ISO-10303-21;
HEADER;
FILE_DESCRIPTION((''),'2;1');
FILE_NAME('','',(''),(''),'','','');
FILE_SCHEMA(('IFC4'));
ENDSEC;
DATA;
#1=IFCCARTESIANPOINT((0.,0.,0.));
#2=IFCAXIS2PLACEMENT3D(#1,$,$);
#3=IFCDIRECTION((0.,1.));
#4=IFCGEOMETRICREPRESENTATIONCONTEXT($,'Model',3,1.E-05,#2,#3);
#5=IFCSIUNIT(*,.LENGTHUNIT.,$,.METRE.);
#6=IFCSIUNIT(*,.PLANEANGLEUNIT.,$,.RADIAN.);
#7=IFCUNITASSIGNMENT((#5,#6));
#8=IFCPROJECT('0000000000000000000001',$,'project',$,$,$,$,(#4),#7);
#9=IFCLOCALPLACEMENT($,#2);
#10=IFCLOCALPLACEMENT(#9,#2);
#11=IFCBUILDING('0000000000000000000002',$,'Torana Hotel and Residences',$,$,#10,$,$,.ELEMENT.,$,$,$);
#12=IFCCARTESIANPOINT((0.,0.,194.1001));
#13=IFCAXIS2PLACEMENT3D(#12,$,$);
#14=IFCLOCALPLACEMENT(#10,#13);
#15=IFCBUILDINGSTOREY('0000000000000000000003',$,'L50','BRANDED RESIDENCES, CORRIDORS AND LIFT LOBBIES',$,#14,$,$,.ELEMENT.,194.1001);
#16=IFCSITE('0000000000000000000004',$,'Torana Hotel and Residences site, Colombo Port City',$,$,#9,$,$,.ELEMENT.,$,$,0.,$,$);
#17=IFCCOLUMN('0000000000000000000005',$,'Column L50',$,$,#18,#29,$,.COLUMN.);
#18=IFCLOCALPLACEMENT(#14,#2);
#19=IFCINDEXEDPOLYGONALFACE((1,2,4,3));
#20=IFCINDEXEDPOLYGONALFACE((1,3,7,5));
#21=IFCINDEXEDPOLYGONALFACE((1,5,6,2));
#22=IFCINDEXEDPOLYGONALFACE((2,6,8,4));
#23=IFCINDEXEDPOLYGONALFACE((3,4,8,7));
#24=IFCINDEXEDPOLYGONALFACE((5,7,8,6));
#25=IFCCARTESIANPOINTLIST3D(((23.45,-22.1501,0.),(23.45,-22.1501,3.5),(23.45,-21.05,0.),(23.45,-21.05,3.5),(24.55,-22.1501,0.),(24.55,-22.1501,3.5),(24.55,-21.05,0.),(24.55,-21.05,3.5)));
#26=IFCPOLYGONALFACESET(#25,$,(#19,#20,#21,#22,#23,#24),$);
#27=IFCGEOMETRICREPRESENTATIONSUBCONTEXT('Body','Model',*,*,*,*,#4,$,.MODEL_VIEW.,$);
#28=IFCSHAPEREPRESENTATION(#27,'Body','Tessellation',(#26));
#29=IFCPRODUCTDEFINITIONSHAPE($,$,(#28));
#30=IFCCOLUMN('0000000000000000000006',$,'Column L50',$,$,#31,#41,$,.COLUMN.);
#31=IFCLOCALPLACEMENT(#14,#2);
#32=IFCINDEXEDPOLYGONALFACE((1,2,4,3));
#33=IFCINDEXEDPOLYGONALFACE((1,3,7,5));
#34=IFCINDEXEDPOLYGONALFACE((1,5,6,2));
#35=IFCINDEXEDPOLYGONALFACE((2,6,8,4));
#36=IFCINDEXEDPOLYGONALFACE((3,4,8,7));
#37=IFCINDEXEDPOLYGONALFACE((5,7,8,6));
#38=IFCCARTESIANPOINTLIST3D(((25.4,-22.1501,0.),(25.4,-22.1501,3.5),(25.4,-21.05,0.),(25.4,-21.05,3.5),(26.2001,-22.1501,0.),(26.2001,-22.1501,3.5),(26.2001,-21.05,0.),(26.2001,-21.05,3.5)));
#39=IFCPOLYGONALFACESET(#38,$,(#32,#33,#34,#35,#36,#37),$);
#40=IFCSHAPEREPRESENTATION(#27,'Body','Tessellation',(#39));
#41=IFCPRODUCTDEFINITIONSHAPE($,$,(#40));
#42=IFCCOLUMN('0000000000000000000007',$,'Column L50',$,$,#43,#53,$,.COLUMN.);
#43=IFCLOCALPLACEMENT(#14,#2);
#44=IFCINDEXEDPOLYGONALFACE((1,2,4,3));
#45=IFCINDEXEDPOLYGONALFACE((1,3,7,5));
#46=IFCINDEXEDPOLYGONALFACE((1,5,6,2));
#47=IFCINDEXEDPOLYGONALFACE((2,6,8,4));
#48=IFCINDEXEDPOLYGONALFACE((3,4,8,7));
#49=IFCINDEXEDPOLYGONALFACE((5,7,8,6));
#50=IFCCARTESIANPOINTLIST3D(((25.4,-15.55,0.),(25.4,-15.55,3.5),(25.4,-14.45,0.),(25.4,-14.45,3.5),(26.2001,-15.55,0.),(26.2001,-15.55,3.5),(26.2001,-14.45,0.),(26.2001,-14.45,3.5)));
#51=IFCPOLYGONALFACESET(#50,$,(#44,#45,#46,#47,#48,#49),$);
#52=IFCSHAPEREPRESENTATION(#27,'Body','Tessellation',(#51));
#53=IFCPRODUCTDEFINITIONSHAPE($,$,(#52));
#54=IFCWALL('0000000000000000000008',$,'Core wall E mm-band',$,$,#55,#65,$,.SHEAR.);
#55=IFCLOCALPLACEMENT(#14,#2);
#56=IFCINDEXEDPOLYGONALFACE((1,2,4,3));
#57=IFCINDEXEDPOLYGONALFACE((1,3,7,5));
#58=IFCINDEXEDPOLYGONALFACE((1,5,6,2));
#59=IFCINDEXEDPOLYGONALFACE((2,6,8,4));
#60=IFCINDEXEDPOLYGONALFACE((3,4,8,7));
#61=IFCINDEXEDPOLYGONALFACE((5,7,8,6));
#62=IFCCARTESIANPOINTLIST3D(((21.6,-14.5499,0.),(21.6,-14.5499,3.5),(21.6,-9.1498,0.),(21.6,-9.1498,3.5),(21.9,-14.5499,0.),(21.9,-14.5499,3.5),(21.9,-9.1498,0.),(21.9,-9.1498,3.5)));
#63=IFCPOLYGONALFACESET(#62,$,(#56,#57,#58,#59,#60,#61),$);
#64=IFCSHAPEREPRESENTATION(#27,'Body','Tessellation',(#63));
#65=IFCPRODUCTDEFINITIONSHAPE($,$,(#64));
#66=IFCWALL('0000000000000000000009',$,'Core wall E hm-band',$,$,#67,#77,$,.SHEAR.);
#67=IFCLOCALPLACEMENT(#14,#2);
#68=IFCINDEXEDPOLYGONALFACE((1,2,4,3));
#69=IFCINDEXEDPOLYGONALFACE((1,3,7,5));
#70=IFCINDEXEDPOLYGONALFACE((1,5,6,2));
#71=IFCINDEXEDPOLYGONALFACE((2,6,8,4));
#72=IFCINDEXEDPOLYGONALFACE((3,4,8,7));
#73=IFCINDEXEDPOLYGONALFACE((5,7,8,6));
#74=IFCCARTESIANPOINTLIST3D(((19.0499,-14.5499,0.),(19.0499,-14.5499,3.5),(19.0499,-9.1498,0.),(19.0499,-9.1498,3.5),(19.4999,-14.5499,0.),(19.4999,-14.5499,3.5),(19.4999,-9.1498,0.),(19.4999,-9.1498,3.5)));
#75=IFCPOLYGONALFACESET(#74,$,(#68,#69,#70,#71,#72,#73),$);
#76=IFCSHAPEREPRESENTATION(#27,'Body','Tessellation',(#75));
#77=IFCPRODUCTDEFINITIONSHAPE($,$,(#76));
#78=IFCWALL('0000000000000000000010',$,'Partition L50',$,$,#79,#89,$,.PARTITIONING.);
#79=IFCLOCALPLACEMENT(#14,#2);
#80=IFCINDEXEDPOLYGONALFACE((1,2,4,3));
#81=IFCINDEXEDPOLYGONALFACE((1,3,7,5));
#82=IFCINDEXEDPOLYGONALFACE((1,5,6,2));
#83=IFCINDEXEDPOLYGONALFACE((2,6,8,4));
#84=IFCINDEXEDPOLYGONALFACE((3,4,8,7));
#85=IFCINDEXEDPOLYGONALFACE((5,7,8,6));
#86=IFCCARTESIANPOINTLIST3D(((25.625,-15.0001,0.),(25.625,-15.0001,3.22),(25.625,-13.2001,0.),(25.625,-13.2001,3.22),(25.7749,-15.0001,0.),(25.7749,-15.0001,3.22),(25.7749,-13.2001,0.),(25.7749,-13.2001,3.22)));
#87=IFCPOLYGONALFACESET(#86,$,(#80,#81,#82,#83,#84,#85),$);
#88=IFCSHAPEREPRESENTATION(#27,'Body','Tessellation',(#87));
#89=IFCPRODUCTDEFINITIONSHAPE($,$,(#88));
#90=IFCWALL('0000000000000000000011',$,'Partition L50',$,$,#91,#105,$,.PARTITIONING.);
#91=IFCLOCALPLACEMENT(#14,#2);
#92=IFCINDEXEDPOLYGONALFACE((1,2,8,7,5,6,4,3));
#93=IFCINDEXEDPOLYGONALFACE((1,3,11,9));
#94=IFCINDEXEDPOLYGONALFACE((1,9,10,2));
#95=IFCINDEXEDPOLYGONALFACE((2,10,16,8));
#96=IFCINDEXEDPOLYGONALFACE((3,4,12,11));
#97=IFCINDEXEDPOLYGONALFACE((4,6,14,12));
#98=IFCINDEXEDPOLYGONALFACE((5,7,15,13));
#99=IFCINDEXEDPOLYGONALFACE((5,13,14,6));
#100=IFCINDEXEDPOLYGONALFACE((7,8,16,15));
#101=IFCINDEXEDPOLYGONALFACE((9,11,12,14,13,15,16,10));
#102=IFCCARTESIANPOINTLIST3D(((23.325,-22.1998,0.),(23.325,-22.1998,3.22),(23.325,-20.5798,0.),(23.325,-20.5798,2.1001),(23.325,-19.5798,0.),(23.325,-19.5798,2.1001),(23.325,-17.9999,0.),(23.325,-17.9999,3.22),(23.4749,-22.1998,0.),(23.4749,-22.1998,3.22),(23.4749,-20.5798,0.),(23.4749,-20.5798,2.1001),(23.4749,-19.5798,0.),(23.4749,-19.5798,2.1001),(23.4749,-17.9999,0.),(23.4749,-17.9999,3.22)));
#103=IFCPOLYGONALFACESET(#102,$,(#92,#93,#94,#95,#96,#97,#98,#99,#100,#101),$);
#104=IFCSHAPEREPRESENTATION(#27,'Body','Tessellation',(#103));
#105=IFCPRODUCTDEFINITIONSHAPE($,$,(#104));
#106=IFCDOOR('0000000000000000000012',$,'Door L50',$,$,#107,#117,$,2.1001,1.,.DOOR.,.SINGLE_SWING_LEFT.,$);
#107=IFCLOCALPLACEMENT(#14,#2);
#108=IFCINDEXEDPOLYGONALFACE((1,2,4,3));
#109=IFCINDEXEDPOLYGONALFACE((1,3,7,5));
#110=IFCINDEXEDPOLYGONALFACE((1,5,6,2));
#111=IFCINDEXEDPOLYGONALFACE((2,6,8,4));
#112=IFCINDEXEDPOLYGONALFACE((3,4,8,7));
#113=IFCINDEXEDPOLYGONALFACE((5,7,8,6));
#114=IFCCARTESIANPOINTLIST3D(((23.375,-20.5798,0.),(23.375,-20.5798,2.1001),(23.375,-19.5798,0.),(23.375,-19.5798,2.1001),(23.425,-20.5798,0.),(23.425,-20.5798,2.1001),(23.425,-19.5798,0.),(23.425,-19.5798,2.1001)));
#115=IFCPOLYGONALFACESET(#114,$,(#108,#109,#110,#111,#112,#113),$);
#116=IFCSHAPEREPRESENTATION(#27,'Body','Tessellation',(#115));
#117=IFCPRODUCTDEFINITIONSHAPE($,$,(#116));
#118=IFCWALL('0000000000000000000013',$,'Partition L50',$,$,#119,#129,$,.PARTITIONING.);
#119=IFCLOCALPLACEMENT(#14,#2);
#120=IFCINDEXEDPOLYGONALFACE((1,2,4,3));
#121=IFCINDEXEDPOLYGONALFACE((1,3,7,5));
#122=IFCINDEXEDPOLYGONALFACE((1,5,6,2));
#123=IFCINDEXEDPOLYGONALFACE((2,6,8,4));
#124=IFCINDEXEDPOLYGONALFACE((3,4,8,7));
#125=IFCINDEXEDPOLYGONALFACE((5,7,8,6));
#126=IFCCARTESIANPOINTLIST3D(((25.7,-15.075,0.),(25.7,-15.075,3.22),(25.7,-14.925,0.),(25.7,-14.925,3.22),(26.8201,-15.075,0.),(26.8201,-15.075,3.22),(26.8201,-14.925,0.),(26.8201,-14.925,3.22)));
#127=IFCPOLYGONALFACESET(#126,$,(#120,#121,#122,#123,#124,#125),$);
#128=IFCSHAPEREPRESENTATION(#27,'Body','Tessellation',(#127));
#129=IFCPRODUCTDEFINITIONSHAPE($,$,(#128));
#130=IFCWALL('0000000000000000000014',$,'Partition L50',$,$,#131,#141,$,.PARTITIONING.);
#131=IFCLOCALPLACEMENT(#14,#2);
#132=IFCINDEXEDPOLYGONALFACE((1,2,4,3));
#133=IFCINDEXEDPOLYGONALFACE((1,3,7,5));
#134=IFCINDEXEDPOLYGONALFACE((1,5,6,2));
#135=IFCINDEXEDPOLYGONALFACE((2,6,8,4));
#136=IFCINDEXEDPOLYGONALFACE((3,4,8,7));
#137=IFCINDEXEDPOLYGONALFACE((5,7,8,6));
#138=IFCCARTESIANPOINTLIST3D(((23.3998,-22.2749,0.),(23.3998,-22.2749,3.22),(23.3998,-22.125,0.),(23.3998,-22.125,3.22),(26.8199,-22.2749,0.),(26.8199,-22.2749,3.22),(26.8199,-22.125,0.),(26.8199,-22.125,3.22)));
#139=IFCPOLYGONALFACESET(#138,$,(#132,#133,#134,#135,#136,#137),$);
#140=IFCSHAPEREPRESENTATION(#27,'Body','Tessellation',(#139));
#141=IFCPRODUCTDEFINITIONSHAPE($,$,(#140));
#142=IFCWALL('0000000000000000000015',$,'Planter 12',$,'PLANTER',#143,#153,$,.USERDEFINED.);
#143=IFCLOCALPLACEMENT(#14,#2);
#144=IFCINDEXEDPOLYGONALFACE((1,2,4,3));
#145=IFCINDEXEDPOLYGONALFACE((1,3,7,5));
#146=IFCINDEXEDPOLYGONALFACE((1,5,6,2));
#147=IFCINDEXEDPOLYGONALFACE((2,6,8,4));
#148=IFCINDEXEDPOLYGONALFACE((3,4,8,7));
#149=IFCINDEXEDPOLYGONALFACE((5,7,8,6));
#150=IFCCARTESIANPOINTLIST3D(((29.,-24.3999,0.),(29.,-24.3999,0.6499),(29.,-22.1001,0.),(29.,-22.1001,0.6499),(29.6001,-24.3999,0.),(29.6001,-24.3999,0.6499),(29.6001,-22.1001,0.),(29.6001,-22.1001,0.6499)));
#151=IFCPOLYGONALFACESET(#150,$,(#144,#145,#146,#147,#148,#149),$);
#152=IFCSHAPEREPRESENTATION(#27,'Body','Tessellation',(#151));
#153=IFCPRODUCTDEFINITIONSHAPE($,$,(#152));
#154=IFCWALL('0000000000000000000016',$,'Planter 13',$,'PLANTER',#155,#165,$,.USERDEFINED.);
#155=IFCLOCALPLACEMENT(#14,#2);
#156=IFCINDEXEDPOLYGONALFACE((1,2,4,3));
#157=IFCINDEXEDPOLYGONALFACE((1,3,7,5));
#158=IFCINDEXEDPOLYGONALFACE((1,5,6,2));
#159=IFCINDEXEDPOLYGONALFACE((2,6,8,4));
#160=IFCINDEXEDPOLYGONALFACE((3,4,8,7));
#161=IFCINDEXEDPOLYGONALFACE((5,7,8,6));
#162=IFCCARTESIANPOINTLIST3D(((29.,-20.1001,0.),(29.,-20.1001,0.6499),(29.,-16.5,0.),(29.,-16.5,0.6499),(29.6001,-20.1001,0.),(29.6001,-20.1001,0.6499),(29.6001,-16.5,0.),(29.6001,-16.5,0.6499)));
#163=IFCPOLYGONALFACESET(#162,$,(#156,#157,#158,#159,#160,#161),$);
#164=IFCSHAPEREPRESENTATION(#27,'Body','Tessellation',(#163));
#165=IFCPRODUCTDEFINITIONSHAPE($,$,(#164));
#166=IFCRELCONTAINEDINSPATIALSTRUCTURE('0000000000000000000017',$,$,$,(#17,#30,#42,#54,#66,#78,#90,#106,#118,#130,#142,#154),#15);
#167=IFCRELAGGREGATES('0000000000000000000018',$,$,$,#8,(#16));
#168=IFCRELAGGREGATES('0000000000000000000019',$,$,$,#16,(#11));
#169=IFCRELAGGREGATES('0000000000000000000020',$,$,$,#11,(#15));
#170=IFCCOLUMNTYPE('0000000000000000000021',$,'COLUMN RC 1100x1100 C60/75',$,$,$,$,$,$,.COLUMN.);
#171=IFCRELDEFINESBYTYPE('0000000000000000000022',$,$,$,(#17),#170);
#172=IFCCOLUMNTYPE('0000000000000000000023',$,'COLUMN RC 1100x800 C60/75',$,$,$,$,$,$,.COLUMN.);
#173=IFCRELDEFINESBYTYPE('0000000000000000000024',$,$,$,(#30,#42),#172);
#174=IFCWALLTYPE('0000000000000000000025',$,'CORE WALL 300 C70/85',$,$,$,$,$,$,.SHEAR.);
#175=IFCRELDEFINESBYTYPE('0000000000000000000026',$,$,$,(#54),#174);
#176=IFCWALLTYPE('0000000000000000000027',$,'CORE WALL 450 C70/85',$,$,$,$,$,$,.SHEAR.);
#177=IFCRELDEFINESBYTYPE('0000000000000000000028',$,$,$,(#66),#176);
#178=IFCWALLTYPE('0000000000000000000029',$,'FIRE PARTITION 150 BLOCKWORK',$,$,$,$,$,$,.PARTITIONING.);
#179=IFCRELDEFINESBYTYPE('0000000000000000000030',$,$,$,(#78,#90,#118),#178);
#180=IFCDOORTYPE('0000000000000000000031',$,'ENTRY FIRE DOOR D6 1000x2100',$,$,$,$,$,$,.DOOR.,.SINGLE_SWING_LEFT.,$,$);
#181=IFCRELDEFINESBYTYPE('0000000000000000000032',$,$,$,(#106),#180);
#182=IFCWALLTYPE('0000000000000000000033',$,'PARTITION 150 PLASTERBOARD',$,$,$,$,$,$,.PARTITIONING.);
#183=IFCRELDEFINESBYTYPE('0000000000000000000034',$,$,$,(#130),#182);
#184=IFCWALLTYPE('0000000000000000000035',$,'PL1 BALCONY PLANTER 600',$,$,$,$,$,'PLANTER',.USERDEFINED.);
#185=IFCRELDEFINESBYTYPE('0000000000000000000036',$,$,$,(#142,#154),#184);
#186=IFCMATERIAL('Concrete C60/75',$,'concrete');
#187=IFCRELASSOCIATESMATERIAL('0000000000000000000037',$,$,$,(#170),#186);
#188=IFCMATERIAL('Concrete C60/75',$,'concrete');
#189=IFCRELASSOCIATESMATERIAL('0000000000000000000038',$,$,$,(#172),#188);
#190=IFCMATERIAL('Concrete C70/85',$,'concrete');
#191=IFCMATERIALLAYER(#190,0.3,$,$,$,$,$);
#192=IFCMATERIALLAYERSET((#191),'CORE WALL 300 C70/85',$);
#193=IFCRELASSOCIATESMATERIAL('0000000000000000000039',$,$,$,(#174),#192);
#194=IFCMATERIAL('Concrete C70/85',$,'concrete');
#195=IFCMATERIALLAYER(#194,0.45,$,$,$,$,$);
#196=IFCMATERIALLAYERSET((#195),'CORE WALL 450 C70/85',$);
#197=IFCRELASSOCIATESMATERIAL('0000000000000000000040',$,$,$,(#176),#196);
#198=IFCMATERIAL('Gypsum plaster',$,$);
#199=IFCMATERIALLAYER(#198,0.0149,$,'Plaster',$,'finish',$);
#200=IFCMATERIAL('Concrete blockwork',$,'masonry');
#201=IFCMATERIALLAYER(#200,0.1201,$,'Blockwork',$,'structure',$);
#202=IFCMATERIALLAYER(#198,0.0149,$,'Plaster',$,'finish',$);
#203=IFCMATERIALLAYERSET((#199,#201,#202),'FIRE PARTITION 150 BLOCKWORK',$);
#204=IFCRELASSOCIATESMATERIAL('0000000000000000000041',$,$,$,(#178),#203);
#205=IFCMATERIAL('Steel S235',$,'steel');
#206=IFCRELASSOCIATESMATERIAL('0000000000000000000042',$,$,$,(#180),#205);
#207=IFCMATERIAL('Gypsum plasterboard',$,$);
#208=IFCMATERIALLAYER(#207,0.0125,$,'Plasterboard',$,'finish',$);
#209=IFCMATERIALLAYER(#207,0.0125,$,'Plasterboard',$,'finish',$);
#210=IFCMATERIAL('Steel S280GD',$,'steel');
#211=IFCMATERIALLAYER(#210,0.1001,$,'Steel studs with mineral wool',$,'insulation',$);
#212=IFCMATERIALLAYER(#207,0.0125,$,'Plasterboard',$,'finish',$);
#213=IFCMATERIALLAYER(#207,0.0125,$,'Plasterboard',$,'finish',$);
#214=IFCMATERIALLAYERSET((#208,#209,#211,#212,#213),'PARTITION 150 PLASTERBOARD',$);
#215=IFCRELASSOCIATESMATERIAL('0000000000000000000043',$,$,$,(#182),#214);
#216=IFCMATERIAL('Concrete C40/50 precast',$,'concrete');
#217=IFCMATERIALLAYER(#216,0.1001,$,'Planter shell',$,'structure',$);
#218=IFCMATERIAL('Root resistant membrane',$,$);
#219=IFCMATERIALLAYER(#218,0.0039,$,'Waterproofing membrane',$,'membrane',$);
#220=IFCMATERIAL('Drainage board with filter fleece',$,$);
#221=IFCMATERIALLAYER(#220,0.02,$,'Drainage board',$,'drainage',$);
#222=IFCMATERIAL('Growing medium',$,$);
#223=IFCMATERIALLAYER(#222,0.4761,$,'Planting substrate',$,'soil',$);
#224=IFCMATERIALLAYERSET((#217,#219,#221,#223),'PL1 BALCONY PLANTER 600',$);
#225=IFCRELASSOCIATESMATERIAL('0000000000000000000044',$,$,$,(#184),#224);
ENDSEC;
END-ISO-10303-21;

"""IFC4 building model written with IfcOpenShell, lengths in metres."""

from ifc_helpers import new_model, si_unit, direction, frame, frame_2d, origin, origin_2d, place, context, subcontext, project, spatial, rectangle, extrude, material, layer, layer_set, material_profile, profile_set, type_object, element, fill, save


model = new_model("IFC4")

# Units and contexts
model_context = context("Model", 3, precision=1e-05, world=origin(), true_north=direction((0.0, 1.0)))
body_context = subcontext(model_context, "Body", "Model", "MODEL_VIEW")
ifc_project = project(units=[si_unit("LENGTHUNIT", "METRE"), si_unit("PLANEANGLEUNIT", "RADIAN")], contexts=[model_context])

# Site, building, storey
site_placement = place(None, origin())
site = spatial("IfcSite", under=ifc_project, at=site_placement, Name="Torana Hotel and Residences site, Colombo Port City", CompositionType="ELEMENT", RefElevation=0.0)
building_placement = place(site_placement, origin())
building = spatial("IfcBuilding", under=site, at=building_placement, Name="Torana Hotel and Residences", CompositionType="ELEMENT")
storey_placement = place(building_placement, frame((0.0, 0.0, 194.1001)))
storey = spatial("IfcBuildingStorey", under=building, at=storey_placement, Name="L50", Description="BRANDED RESIDENCES, CORRIDORS AND LIFT LOBBIES", CompositionType="ELEMENT", Elevation=194.1001)

# Columns
ifc_material_1 = material(Name="Concrete C60/75", Category="concrete")
ifc_material_profile_1 = material_profile(ifc_material_1, rectangle(XDim=1.1001, YDim=1.1001, at=origin_2d()), Name="RC 1100x1100")
ifc_profile_set_1 = profile_set([ifc_material_profile_1], Name="Concrete C60/75")
column_type_1 = type_object("IfcColumnType", Name="COLUMN RC 1100x1100 C60/75", PredefinedType="COLUMN", material=ifc_profile_set_1)
column_placement = place(storey_placement, frame((24.0, -21.6001, 0.0), z_axis=(0.0, 0.0, 1.0), x_axis=(1.0, 0.0, 0.0)))
element("IfcColumn", 1, at=column_placement, inside=storey, type_object=column_type_1, Name="Column L50", PredefinedType="COLUMN", context=body_context, shape_type="SweptSolid", body=[
    extrude(rectangle(XDim=1.1001, YDim=1.1001, at=origin_2d()), origin(), (0.0, 0.0, 1.0), 3.5),
])
ifc_material_2 = material(Name="Concrete C60/75", Category="concrete")
ifc_material_profile_2 = material_profile(ifc_material_2, rectangle(XDim=1.1001, YDim=0.8, at=origin_2d()), Name="RC 1100x800")
ifc_profile_set_2 = profile_set([ifc_material_profile_2], Name="Concrete C60/75")
column_type_2 = type_object("IfcColumnType", Name="COLUMN RC 1100x800 C60/75", PredefinedType="COLUMN", material=ifc_profile_set_2)
for number, where, z_axis, x_axis, name in (
    (2, (25.8, -21.6001, 0.0), (0.0, 0.0, 1.0), (0.0, 1.0, 0.0), "Column L50"),
    (3, (25.8, -15.0, 0.0), (0.0, 0.0, 1.0), (0.0, 1.0, 0.0), "Column L50"),
):
    element("IfcColumn", number, at=place(storey_placement, frame(where, z_axis=z_axis, x_axis=x_axis)), inside=storey, type_object=column_type_2, Name=name, PredefinedType="COLUMN", context=body_context, shape_type="SweptSolid", body=[
        extrude(rectangle(XDim=1.1001, YDim=0.8, at=origin_2d()), origin(), (0.0, 0.0, 1.0), 3.5),
    ])

# Walls
ifc_material_3 = material(Name="Concrete C70/85", Category="concrete")
ifc_layer_1 = layer(ifc_material_3, 0.3)
ifc_layer_set_1 = layer_set([ifc_layer_1], Name="CORE WALL 300 C70/85")
wall_type_1 = type_object("IfcWallType", Name="CORE WALL 300 C70/85", PredefinedType="SHEAR", material=ifc_layer_set_1)
wall_1_placement = place(storey_placement, frame((21.75, -14.55, 0.0), z_axis=(0.0, 0.0, 1.0), x_axis=(0.0, 1.0, 0.0)))
element("IfcWall", 4, at=wall_1_placement, inside=storey, type_object=wall_type_1, Name="Core wall E mm-band", PredefinedType="SHEAR", context=body_context, shape_type="SweptSolid", body=[
    extrude(rectangle(XDim=5.4001, YDim=0.3, at=frame_2d((2.7002, 0.0))), origin(), (0.0, 0.0, 1.0), 3.5),
])
ifc_material_4 = material(Name="Concrete C70/85", Category="concrete")
ifc_layer_2 = layer(ifc_material_4, 0.45)
ifc_layer_set_2 = layer_set([ifc_layer_2], Name="CORE WALL 450 C70/85")
wall_type_2 = type_object("IfcWallType", Name="CORE WALL 450 C70/85", PredefinedType="SHEAR", material=ifc_layer_set_2)
wall_2_placement = place(storey_placement, frame((19.2749, -14.55, 0.0), z_axis=(0.0, 0.0, 1.0), x_axis=(0.0, 1.0, 0.0)))
element("IfcWall", 5, at=wall_2_placement, inside=storey, type_object=wall_type_2, Name="Core wall E hm-band", PredefinedType="SHEAR", context=body_context, shape_type="SweptSolid", body=[
    extrude(rectangle(XDim=5.4001, YDim=0.45, at=frame_2d((2.7002, 0.0))), origin(), (0.0, 0.0, 1.0), 3.5),
])
ifc_material_5 = material(Name="Gypsum plaster")
ifc_layer_3 = layer(ifc_material_5, 0.0149, Name="Plaster", Category="finish")
ifc_material_6 = material(Name="Concrete blockwork", Category="masonry")
ifc_layer_4 = layer(ifc_material_6, 0.1201, Name="Blockwork", Category="structure")
ifc_layer_5 = layer(ifc_material_5, 0.0149, Name="Plaster", Category="finish")
ifc_layer_set_3 = layer_set([ifc_layer_3, ifc_layer_4, ifc_layer_5], Name="FIRE PARTITION 150 BLOCKWORK")
wall_type_3 = type_object("IfcWallType", Name="FIRE PARTITION 150 BLOCKWORK", PredefinedType="PARTITIONING", material=ifc_layer_set_3)
wall_3_placement = place(storey_placement, frame((25.7, -15.0, 0.0), z_axis=(0.0, 0.0, 1.0), x_axis=(0.0, 1.0, 0.0)))
element("IfcWall", 6, at=wall_3_placement, inside=storey, type_object=wall_type_3, Name="Partition L50", PredefinedType="PARTITIONING", context=body_context, shape_type="SweptSolid", body=[
    extrude(rectangle(XDim=1.8, YDim=0.1499, at=frame_2d((0.8999, 0.0))), origin(), (0.0, 0.0, 1.0), 3.22),
])

# Wall, opening, door
wall_4_placement = place(storey_placement, frame((23.3999, -22.2, 0.0), z_axis=(0.0, 0.0, 1.0), x_axis=(0.0, 1.0, 0.0)))
wall_4 = element("IfcWall", 7, at=wall_4_placement, inside=storey, type_object=wall_type_3, Name="Partition L50", PredefinedType="PARTITIONING", context=body_context, shape_type="SweptSolid", body=[
    extrude(rectangle(XDim=4.2, YDim=0.1499, at=frame_2d((2.1001, 0.0))), origin(), (0.0, 0.0, 1.0), 3.22),
])
opening_placement = place(wall_4_placement, frame((1.6201, 0.0, 0.0)))
opening = element("IfcOpeningElement", 8, at=opening_placement, cuts=wall_4, PredefinedType="OPENING", context=body_context, shape_type="SweptSolid", body=[
    extrude(rectangle(XDim=1.0, YDim=2.1001, at=frame_2d((0.5, 1.05))), frame((0.0, 0.085, 0.0), z_axis=(0.0, -1.0, 0.0), x_axis=(1.0, 0.0, 0.0)), (0.0, 0.0, 1.0), 0.1699),
])
ifc_material_7 = material(Name="Steel S235", Category="steel")
door_type = type_object("IfcDoorType", Name="ENTRY FIRE DOOR D6 1000x2100", OperationType="SINGLE_SWING_LEFT", PredefinedType="DOOR", material=ifc_material_7)
door_placement = place(opening_placement, frame((0.5, 0.0, 0.0), z_axis=(0.0, 0.0, 1.0), x_axis=(-1.0, 0.0, 0.0)))
door = element("IfcDoor", 9, at=door_placement, inside=storey, type_object=door_type, Name="Door L50", OperationType="SINGLE_SWING_LEFT", OverallHeight=2.1001, OverallWidth=1.0, PredefinedType="DOOR", context=body_context, shape_type="SweptSolid", body=[
    extrude(rectangle(XDim=1.0, YDim=2.1001, at=frame_2d((0.0, 1.05))), frame((0.0, -0.0249, 0.0), z_axis=(0.0, 1.0, 0.0), x_axis=(-1.0, 0.0, 0.0)), (0.0, 0.0, 1.0), 0.05),
])
fill(opening, door)

# Walls
wall_5_placement = place(storey_placement, frame((25.7, -15.0, 0.0), z_axis=(0.0, 0.0, 1.0), x_axis=(1.0, 0.0, 0.0)))
element("IfcWall", 10, at=wall_5_placement, inside=storey, type_object=wall_type_3, Name="Partition L50", PredefinedType="PARTITIONING", context=body_context, shape_type="SweptSolid", body=[
    extrude(rectangle(XDim=1.1201, YDim=0.1499, at=frame_2d((0.5601, 0.0))), origin(), (0.0, 0.0, 1.0), 3.22),
])
ifc_material_8 = material(Name="Gypsum plasterboard")
ifc_layer_6 = layer(ifc_material_8, 0.0125, Name="Plasterboard", Category="finish")
ifc_layer_7 = layer(ifc_material_8, 0.0125, Name="Plasterboard", Category="finish")
ifc_material_9 = material(Name="Steel S280GD", Category="steel")
ifc_layer_8 = layer(ifc_material_9, 0.1001, Name="Steel studs with mineral wool", Category="insulation")
ifc_layer_9 = layer(ifc_material_8, 0.0125, Name="Plasterboard", Category="finish")
ifc_layer_10 = layer(ifc_material_8, 0.0125, Name="Plasterboard", Category="finish")
ifc_layer_set_4 = layer_set([ifc_layer_6, ifc_layer_7, ifc_layer_8, ifc_layer_9, ifc_layer_10], Name="PARTITION 150 PLASTERBOARD")
wall_type_4 = type_object("IfcWallType", Name="PARTITION 150 PLASTERBOARD", PredefinedType="PARTITIONING", material=ifc_layer_set_4)
wall_6_placement = place(storey_placement, frame((23.3999, -22.2, 0.0), z_axis=(0.0, 0.0, 1.0), x_axis=(1.0, 0.0, 0.0)))
element("IfcWall", 11, at=wall_6_placement, inside=storey, type_object=wall_type_4, Name="Partition L50", PredefinedType="PARTITIONING", context=body_context, shape_type="SweptSolid", body=[
    extrude(rectangle(XDim=3.4202, YDim=0.1499, at=frame_2d((1.71, 0.0))), origin(), (0.0, 0.0, 1.0), 3.22),
])
ifc_material_10 = material(Name="Concrete C40/50 precast", Category="concrete")
ifc_layer_11 = layer(ifc_material_10, 0.1001, Name="Planter shell", Category="structure")
ifc_material_11 = material(Name="Root resistant membrane")
ifc_layer_12 = layer(ifc_material_11, 0.0039, Name="Waterproofing membrane", Category="membrane")
ifc_material_12 = material(Name="Drainage board with filter fleece")
ifc_layer_13 = layer(ifc_material_12, 0.02, Name="Drainage board", Category="drainage")
ifc_material_13 = material(Name="Growing medium")
ifc_layer_14 = layer(ifc_material_13, 0.4761, Name="Planting substrate", Category="soil")
ifc_layer_set_5 = layer_set([ifc_layer_11, ifc_layer_12, ifc_layer_13, ifc_layer_14], Name="PL1 BALCONY PLANTER 600")
wall_type_5 = type_object("IfcWallType", Name="PL1 BALCONY PLANTER 600", ElementType="PLANTER", PredefinedType="USERDEFINED", material=ifc_layer_set_5)
wall_7_placement = place(storey_placement, frame((29.3, -22.1001, 0.0), z_axis=(0.0, 0.0, 1.0), x_axis=(0.0, -1.0, 0.0)))
element("IfcWall", 12, at=wall_7_placement, inside=storey, type_object=wall_type_5, Name="Planter 12", ObjectType="PLANTER", PredefinedType="USERDEFINED", context=body_context, shape_type="SweptSolid", body=[
    extrude(rectangle(XDim=2.2998, YDim=0.6001, at=frame_2d((1.1499, 0.0))), origin(), (0.0, 0.0, 1.0), 0.6499),
])
wall_8_placement = place(storey_placement, frame((29.3, -16.5, 0.0), z_axis=(0.0, 0.0, 1.0), x_axis=(0.0, -1.0, 0.0)))
element("IfcWall", 13, at=wall_8_placement, inside=storey, type_object=wall_type_5, Name="Planter 13", ObjectType="PLANTER", PredefinedType="USERDEFINED", context=body_context, shape_type="SweptSolid", body=[
    extrude(rectangle(XDim=3.6001, YDim=0.6001, at=frame_2d((1.8, 0.0))), origin(), (0.0, 0.0, 1.0), 0.6499),
])

save(model, "model.ifc")
